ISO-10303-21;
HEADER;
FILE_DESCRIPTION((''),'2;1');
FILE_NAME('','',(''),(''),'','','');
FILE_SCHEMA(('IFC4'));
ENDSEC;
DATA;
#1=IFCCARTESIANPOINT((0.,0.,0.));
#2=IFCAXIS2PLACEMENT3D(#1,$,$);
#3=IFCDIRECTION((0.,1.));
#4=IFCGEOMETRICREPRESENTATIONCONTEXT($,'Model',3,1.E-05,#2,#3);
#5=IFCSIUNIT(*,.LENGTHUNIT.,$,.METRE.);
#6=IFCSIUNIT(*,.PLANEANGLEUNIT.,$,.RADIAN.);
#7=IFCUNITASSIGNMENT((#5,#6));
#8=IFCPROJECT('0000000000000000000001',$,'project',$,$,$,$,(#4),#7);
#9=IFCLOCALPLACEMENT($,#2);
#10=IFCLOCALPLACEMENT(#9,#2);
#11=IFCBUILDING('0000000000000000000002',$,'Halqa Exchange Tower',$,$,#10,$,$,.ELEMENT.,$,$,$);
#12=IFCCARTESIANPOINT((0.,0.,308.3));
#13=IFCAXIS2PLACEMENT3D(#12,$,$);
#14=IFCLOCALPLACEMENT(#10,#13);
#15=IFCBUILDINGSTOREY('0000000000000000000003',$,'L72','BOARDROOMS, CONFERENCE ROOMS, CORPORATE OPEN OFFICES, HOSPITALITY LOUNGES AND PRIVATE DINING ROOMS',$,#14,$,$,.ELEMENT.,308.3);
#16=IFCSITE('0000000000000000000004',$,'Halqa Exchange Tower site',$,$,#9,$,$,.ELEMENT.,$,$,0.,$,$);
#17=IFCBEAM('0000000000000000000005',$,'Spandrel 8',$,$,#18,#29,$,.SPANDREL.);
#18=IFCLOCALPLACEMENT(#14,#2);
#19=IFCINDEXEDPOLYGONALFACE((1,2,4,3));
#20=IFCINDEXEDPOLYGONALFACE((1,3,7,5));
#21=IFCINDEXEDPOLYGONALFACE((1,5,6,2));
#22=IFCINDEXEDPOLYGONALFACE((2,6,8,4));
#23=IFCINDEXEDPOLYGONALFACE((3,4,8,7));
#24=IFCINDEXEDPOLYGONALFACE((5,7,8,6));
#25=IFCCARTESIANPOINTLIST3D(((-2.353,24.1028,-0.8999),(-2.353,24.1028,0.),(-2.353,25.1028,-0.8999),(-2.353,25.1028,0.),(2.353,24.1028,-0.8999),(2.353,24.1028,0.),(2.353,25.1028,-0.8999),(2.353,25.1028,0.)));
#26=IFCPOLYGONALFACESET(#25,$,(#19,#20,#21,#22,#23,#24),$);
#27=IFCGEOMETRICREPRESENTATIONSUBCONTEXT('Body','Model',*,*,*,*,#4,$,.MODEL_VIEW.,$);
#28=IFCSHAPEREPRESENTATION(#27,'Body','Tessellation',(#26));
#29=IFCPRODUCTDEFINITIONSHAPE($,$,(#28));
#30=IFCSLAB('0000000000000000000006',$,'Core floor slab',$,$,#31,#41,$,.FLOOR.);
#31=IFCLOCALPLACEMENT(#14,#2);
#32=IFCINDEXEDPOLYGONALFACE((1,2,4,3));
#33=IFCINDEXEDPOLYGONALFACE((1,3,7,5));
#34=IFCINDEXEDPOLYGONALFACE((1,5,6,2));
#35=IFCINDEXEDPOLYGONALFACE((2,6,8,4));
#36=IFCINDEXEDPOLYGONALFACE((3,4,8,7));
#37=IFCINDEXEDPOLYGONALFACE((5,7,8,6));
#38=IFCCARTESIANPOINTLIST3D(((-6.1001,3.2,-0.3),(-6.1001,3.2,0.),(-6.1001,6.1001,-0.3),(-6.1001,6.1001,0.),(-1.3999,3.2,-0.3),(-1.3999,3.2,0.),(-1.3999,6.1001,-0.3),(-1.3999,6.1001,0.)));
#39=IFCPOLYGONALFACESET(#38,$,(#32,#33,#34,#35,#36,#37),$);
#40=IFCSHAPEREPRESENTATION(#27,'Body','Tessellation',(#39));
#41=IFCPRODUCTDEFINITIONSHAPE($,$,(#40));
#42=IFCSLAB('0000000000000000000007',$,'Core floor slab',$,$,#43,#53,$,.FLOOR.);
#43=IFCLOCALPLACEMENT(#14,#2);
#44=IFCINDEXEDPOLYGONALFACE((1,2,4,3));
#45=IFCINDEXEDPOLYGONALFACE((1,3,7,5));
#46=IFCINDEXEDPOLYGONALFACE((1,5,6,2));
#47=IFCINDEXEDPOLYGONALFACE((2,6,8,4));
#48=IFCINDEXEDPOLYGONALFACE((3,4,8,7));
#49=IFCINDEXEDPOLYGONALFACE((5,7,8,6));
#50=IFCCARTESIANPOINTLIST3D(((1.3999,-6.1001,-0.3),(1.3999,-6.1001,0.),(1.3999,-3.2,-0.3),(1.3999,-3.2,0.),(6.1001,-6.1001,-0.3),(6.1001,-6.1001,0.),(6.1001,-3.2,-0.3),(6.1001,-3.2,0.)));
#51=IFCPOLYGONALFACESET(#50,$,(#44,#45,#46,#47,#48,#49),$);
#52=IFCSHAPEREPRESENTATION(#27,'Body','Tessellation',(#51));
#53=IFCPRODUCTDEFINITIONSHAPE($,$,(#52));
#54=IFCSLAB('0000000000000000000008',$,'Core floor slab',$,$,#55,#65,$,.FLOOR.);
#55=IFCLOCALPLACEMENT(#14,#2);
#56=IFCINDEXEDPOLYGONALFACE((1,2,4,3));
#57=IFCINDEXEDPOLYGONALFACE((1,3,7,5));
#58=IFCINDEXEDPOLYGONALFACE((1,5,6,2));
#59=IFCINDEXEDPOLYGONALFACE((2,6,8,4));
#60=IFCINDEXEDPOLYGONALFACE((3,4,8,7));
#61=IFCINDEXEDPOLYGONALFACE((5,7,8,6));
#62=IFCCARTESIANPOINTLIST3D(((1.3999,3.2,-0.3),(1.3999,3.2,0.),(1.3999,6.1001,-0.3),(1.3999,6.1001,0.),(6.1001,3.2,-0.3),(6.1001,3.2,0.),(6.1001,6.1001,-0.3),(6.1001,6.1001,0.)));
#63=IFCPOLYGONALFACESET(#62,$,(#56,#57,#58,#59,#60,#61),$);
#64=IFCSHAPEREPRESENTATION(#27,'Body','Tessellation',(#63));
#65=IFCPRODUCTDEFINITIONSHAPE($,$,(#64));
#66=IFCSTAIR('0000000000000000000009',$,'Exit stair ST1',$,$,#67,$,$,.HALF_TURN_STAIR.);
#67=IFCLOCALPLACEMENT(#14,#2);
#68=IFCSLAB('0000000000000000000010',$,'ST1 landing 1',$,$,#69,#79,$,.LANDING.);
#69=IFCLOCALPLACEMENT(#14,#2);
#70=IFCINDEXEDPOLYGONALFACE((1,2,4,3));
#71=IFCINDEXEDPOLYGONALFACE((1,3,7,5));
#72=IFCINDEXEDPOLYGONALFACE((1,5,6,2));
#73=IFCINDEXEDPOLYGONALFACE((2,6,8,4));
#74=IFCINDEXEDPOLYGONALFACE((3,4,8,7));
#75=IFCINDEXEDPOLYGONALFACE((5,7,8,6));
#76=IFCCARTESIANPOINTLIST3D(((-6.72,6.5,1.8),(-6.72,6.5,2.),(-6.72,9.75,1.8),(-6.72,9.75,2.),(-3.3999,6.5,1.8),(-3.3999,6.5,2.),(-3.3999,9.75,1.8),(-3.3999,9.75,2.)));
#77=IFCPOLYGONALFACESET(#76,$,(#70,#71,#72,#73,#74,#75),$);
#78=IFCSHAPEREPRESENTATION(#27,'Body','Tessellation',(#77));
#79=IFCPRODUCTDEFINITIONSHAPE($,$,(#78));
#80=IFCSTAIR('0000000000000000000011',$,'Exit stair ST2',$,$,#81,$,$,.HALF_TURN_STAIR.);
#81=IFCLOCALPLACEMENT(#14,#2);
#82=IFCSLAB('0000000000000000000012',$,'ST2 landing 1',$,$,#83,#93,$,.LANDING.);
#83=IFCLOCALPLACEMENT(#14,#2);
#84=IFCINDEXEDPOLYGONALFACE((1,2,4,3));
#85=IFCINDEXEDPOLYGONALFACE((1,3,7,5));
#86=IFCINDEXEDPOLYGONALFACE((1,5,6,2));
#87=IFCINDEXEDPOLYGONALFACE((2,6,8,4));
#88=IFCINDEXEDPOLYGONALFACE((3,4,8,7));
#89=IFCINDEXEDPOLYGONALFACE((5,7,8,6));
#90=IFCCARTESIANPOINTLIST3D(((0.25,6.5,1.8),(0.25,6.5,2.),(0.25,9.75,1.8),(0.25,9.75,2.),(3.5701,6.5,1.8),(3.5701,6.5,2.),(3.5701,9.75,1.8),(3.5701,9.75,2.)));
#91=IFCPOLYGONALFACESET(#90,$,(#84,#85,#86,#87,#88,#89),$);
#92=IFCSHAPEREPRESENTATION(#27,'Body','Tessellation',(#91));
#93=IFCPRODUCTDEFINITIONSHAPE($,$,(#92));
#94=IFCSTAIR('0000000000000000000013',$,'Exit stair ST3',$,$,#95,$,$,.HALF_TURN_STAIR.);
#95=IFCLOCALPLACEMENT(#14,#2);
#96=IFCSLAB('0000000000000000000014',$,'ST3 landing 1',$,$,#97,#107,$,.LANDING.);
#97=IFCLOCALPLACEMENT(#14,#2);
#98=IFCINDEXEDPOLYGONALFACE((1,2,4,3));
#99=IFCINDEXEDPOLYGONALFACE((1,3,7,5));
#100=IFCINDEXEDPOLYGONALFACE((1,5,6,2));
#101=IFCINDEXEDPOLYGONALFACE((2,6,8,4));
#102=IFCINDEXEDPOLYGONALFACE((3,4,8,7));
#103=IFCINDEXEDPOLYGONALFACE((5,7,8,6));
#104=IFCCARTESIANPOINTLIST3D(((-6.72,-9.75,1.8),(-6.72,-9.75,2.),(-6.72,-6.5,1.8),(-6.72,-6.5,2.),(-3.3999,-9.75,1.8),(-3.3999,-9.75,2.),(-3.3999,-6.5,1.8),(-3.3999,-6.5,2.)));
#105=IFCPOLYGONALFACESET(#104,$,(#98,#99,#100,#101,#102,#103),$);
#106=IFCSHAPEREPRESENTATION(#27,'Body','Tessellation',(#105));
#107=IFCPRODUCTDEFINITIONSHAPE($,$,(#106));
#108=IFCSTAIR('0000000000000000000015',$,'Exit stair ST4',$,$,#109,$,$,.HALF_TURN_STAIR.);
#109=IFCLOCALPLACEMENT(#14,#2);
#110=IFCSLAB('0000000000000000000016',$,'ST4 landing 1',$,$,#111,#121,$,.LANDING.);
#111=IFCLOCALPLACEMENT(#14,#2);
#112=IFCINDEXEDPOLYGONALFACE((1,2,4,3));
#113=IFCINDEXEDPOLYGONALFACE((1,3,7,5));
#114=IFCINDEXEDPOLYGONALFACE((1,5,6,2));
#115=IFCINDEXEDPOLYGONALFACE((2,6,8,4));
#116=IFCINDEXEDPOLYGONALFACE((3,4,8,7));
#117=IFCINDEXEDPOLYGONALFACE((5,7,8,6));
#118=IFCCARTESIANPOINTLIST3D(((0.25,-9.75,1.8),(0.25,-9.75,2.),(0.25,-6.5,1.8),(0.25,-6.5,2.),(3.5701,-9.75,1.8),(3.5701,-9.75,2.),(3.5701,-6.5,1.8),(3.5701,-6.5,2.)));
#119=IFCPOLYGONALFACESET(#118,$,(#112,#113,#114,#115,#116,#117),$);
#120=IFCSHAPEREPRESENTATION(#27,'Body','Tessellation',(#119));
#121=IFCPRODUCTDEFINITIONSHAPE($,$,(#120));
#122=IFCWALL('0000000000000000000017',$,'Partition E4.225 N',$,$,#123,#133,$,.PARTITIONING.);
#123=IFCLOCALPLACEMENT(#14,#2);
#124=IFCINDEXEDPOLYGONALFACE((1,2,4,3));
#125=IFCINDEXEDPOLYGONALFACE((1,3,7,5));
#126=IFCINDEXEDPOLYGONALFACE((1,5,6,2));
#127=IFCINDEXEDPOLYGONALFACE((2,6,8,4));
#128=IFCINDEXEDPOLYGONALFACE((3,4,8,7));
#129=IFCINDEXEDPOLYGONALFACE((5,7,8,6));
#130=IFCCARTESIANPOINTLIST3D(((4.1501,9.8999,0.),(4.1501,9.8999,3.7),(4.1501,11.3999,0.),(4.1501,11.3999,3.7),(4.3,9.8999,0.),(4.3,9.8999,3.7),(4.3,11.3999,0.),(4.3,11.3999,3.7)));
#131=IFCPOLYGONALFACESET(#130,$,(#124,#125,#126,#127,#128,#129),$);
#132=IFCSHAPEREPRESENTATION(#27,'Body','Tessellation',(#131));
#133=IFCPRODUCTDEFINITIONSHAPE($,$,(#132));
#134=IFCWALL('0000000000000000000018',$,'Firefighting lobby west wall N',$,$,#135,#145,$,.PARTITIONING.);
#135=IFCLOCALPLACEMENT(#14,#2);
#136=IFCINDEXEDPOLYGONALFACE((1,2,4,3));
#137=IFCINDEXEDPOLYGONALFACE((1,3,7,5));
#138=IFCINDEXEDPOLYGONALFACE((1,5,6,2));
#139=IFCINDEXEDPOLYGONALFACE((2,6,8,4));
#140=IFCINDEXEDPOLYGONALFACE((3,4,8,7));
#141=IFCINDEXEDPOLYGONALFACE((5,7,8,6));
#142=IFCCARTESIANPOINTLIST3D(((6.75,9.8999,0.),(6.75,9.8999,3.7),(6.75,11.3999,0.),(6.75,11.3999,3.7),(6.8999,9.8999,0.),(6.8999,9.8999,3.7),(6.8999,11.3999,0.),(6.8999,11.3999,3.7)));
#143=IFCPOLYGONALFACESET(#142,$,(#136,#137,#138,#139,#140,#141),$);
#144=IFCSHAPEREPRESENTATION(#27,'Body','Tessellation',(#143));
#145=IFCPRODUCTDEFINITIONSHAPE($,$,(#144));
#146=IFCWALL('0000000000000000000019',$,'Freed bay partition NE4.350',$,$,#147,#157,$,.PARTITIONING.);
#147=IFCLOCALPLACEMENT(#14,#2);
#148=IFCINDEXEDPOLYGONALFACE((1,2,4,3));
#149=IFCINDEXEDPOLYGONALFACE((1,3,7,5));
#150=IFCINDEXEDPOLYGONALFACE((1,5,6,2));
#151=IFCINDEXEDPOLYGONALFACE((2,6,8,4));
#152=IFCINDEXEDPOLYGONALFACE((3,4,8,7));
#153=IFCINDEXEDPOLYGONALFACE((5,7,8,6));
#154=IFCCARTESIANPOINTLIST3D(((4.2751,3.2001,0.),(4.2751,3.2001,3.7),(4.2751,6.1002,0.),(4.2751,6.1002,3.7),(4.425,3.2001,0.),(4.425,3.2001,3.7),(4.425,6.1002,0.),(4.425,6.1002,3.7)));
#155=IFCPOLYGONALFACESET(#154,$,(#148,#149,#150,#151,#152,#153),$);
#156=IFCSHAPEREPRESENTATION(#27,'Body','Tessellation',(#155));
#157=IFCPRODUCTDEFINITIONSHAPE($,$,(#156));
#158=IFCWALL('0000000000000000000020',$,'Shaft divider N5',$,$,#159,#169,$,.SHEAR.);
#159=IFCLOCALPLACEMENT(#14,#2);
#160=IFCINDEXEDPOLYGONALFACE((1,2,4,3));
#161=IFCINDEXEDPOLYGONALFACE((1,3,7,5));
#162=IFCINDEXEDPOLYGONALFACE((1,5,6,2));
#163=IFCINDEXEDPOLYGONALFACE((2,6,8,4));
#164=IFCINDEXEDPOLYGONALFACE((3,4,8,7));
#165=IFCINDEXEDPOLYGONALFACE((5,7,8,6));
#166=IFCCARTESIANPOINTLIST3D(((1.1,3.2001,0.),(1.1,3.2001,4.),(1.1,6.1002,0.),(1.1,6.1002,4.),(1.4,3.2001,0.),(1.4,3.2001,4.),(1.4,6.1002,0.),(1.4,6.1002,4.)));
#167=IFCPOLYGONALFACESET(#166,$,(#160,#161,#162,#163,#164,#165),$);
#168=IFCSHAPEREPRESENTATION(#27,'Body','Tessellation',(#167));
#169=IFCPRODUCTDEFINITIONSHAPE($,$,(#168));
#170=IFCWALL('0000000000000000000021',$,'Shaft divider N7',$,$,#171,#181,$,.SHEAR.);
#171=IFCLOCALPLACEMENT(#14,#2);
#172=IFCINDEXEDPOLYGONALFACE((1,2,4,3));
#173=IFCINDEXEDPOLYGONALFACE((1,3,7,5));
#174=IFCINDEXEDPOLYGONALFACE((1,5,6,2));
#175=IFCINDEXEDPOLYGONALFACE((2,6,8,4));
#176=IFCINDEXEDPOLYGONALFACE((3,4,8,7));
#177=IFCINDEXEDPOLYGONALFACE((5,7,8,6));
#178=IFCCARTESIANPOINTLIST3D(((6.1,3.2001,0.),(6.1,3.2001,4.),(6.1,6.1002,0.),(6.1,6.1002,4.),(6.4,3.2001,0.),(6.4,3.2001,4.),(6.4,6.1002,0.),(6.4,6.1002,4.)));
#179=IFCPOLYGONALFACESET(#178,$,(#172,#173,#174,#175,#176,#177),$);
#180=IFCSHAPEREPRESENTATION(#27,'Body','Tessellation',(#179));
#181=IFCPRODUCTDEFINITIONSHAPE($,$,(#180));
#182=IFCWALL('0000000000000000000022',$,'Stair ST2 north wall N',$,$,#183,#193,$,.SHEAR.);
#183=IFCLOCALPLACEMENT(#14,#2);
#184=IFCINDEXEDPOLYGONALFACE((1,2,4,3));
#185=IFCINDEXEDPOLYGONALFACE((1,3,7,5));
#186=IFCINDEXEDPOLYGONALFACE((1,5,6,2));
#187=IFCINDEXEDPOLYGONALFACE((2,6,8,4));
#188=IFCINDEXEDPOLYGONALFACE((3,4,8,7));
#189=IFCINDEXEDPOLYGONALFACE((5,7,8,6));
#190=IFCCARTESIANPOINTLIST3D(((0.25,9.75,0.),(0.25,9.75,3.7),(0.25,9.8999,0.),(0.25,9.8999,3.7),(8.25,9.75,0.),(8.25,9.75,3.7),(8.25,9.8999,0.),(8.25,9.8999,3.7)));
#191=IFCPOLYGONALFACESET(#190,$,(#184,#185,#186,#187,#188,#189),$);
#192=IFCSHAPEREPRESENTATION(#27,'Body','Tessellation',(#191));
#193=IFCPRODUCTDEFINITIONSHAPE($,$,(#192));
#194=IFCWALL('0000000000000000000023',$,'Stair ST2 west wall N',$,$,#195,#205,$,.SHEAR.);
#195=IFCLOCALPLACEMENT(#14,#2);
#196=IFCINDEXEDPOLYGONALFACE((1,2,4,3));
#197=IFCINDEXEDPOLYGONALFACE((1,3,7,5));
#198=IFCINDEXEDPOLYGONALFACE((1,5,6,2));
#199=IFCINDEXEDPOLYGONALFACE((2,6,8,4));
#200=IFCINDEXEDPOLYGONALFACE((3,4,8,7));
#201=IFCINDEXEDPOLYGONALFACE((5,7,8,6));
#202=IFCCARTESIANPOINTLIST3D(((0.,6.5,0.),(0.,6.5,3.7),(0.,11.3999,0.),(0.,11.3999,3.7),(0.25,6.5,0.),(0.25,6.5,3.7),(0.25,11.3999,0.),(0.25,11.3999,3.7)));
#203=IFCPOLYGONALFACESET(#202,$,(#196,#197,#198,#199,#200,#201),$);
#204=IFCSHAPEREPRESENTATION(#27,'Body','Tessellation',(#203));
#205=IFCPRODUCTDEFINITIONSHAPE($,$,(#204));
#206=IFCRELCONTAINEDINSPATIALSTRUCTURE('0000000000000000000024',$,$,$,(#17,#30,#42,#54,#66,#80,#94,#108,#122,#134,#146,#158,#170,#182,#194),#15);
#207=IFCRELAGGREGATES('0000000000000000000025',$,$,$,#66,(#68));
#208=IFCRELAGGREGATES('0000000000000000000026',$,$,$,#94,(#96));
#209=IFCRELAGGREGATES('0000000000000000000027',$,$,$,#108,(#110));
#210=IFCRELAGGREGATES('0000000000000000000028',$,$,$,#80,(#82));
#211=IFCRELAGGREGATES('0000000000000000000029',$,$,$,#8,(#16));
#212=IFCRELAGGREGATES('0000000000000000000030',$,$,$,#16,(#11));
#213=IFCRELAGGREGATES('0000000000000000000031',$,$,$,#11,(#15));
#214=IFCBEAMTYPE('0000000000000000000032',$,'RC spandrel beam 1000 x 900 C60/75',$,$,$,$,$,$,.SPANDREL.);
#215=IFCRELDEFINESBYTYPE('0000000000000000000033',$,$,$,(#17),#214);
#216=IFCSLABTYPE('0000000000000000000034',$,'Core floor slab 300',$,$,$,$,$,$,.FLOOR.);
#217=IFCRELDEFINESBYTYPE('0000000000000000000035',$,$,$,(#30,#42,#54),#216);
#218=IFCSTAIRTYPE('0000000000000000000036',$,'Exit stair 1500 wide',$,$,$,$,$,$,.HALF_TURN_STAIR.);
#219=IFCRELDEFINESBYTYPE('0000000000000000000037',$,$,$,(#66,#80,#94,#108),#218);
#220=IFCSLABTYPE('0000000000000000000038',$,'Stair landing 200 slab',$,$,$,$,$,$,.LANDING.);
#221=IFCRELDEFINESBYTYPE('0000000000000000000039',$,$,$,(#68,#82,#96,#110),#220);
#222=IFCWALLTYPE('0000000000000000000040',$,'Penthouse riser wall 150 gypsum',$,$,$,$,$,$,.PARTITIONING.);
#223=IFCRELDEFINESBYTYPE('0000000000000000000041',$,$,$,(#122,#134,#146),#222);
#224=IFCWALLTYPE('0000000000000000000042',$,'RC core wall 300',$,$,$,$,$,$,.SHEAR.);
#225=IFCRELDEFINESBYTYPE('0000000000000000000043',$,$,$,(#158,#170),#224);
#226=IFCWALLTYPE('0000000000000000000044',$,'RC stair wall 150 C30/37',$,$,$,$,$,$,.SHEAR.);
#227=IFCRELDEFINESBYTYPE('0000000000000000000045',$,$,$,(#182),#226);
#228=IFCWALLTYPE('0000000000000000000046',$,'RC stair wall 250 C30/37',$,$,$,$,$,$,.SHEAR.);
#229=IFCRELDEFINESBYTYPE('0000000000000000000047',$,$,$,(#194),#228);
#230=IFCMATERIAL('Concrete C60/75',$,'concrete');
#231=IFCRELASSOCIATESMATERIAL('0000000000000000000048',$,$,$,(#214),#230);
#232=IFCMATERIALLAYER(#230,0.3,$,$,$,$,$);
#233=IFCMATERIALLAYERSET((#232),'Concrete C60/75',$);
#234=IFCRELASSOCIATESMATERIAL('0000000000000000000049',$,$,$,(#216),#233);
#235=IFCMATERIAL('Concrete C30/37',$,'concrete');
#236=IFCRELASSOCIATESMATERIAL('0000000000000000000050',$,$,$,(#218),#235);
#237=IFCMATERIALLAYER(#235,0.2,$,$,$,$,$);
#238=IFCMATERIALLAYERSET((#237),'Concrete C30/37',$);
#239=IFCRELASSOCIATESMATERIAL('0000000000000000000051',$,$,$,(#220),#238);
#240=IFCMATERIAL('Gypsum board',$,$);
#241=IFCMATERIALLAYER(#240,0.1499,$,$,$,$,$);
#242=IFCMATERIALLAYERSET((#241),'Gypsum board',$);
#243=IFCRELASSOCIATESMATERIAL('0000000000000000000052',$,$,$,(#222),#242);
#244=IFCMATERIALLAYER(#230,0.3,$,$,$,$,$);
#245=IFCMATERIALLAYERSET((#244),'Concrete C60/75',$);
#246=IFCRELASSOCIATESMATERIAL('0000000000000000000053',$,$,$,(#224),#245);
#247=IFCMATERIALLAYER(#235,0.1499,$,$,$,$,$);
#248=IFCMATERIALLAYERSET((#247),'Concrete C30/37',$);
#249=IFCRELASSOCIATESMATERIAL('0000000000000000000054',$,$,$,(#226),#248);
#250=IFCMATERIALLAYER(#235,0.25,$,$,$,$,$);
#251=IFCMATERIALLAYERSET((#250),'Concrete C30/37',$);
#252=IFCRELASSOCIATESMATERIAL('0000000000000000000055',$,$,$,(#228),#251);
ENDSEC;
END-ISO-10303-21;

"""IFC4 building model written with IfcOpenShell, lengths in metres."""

from ifc_helpers import new_model, si_unit, direction, frame, frame_2d, origin, origin_2d, place, context, subcontext, project, spatial, polyline, rectangle, outline, extrude, material, layer, layer_set, material_profile, profile_set, type_object, element, aggregate, save


model = new_model("IFC4")

# Units and contexts
model_context = context("Model", 3, precision=1e-05, world=origin(), true_north=direction((0.0, 1.0)))
body_context = subcontext(model_context, "Body", "Model", "MODEL_VIEW")
ifc_project = project(units=[si_unit("LENGTHUNIT", "METRE"), si_unit("PLANEANGLEUNIT", "RADIAN")], contexts=[model_context])

# Site, building, storey
site_placement = place(None, origin())
site = spatial("IfcSite", under=ifc_project, at=site_placement, Name="Halqa Exchange Tower site", CompositionType="ELEMENT", RefElevation=0.0)
building_placement = place(site_placement, origin())
building = spatial("IfcBuilding", under=site, at=building_placement, Name="Halqa Exchange Tower", CompositionType="ELEMENT")
storey_placement = place(building_placement, frame((0.0, 0.0, 308.3)))
storey = spatial("IfcBuildingStorey", under=building, at=storey_placement, Name="L72", Description="BOARDROOMS, CONFERENCE ROOMS, CORPORATE OPEN OFFICES, HOSPITALITY LOUNGES AND PRIVATE DINING ROOMS", CompositionType="ELEMENT", Elevation=308.3)

# Beam
ifc_material_1 = material(Name="Concrete C60/75", Category="concrete")
ifc_material_profile_1 = material_profile(ifc_material_1, rectangle(XDim=1.0, YDim=0.8999, at=origin_2d()), Name="1000 x 900")
ifc_profile_set_1 = profile_set([ifc_material_profile_1], Name="Concrete C60/75")
beam_type_1 = type_object("IfcBeamType", Name="RC spandrel beam 1000 x 900 C60/75", PredefinedType="SPANDREL", material=ifc_profile_set_1)
beam_1_placement = place(storey_placement, frame((2.353, 24.6028, -0.45), z_axis=(-1.0, 0.0, 0.0), x_axis=(0.0, -1.0, 0.0)))
element("IfcBeam", 1, at=beam_1_placement, inside=storey, type_object=beam_type_1, Name="Spandrel 8", PredefinedType="SPANDREL", context=body_context, shape_type="SweptSolid", body=[
    extrude(rectangle(XDim=1.0, YDim=0.8999, at=origin_2d()), origin(), (0.0, 0.0, 1.0), 4.7061),
])

# Slabs
ifc_layer_1 = layer(ifc_material_1, 0.3)
ifc_layer_set_1 = layer_set([ifc_layer_1], Name="Concrete C60/75")
slab_type_1 = type_object("IfcSlabType", Name="Core floor slab 300", PredefinedType="FLOOR", material=ifc_layer_set_1)
slab_1_placement = place(storey_placement, frame((0.0, 0.0, -0.3)))
element("IfcSlab", 2, at=slab_1_placement, inside=storey, type_object=slab_type_1, Name="Core floor slab", PredefinedType="FLOOR", context=body_context, shape_type="SweptSolid", body=[
    extrude(outline(polyline([(-1.3999, 3.2), (-6.1001, 3.2), (-6.1001, 6.1001), (-1.3999, 6.1001), (-1.3999, 3.2)])), origin(), (0.0, 0.0, 1.0), 0.3),
])
slab_2_placement = place(storey_placement, frame((0.0, 0.0, -0.3)))
element("IfcSlab", 3, at=slab_2_placement, inside=storey, type_object=slab_type_1, Name="Core floor slab", PredefinedType="FLOOR", context=body_context, shape_type="SweptSolid", body=[
    extrude(outline(polyline([(6.1001, -3.2), (6.1001, -6.1001), (1.3999, -6.1001), (1.3999, -3.2), (6.1001, -3.2)])), origin(), (0.0, 0.0, 1.0), 0.3),
])
slab_3_placement = place(storey_placement, frame((0.0, 0.0, -0.3)))
element("IfcSlab", 4, at=slab_3_placement, inside=storey, type_object=slab_type_1, Name="Core floor slab", PredefinedType="FLOOR", context=body_context, shape_type="SweptSolid", body=[
    extrude(outline(polyline([(6.1001, 6.1001), (6.1001, 3.2), (1.3999, 3.2), (1.3999, 6.1001), (6.1001, 6.1001)])), origin(), (0.0, 0.0, 1.0), 0.3),
])

# Stairs, slabs
ifc_material_2 = material(Name="Concrete C30/37", Category="concrete")
stair_type = type_object("IfcStairType", Name="Exit stair 1500 wide", PredefinedType="HALF_TURN_STAIR", material=ifc_material_2)
stair_1_placement = place(storey_placement, origin())
stair_1 = element("IfcStair", 5, at=stair_1_placement, inside=storey, type_object=stair_type, Name="Exit stair ST1", PredefinedType="HALF_TURN_STAIR")
ifc_layer_2 = layer(ifc_material_2, 0.2)
ifc_layer_set_2 = layer_set([ifc_layer_2], Name="Concrete C30/37")
slab_type_2 = type_object("IfcSlabType", Name="Stair landing 200 slab", PredefinedType="LANDING", material=ifc_layer_set_2)
slab_4_placement = place(storey_placement, frame((0.0, 0.0, 1.8)))
slab_4 = element("IfcSlab", 6, at=slab_4_placement, type_object=slab_type_2, Name="ST1 landing 1", PredefinedType="LANDING", context=body_context, shape_type="SweptSolid", body=[
    extrude(outline(polyline([(-6.72, 6.5), (-3.3999, 6.5), (-3.3999, 9.75), (-6.72, 9.75), (-6.72, 6.5)])), origin(), (0.0, 0.0, 1.0), 0.2),
])
aggregate(stair_1, [slab_4])
stair_2_placement = place(storey_placement, origin())
stair_2 = element("IfcStair", 7, at=stair_2_placement, inside=storey, type_object=stair_type, Name="Exit stair ST2", PredefinedType="HALF_TURN_STAIR")
slab_5_placement = place(storey_placement, frame((0.0, 0.0, 1.8)))
slab_5 = element("IfcSlab", 8, at=slab_5_placement, type_object=slab_type_2, Name="ST2 landing 1", PredefinedType="LANDING", context=body_context, shape_type="SweptSolid", body=[
    extrude(outline(polyline([(0.25, 6.5), (3.5701, 6.5), (3.5701, 9.75), (0.25, 9.75), (0.25, 6.5)])), origin(), (0.0, 0.0, 1.0), 0.2),
])
stair_3_placement = place(storey_placement, origin())
stair_3 = element("IfcStair", 9, at=stair_3_placement, inside=storey, type_object=stair_type, Name="Exit stair ST3", PredefinedType="HALF_TURN_STAIR")
slab_6_placement = place(storey_placement, frame((0.0, 0.0, 1.8)))
slab_6 = element("IfcSlab", 10, at=slab_6_placement, type_object=slab_type_2, Name="ST3 landing 1", PredefinedType="LANDING", context=body_context, shape_type="SweptSolid", body=[
    extrude(outline(polyline([(-6.72, -9.75), (-3.3999, -9.75), (-3.3999, -6.5), (-6.72, -6.5), (-6.72, -9.75)])), origin(), (0.0, 0.0, 1.0), 0.2),
])
aggregate(stair_3, [slab_6])
stair_4_placement = place(storey_placement, origin())
stair_4 = element("IfcStair", 11, at=stair_4_placement, inside=storey, type_object=stair_type, Name="Exit stair ST4", PredefinedType="HALF_TURN_STAIR")
slab_7_placement = place(storey_placement, frame((0.0, 0.0, 1.8)))
slab_7 = element("IfcSlab", 12, at=slab_7_placement, type_object=slab_type_2, Name="ST4 landing 1", PredefinedType="LANDING", context=body_context, shape_type="SweptSolid", body=[
    extrude(outline(polyline([(0.25, -9.75), (3.5701, -9.75), (3.5701, -6.5), (0.25, -6.5), (0.25, -9.75)])), origin(), (0.0, 0.0, 1.0), 0.2),
])
aggregate(stair_4, [slab_7])

# Walls
ifc_material_3 = material(Name="Gypsum board")
ifc_layer_3 = layer(ifc_material_3, 0.1499)
ifc_layer_set_3 = layer_set([ifc_layer_3], Name="Gypsum board")
wall_type_1 = type_object("IfcWallType", Name="Penthouse riser wall 150 gypsum", PredefinedType="PARTITIONING", material=ifc_layer_set_3)
for number, where, z_axis, x_axis, name in (
    (13, (4.2251, 9.8999, 0.0), (0.0, 0.0, 1.0), (0.0, 1.0, 0.0), "Partition E4.225 N"),
    (14, (6.825, 9.8999, 0.0), (0.0, 0.0, 1.0), (0.0, 1.0, 0.0), "Firefighting lobby west wall N"),
):
    element("IfcWall", number, at=place(storey_placement, frame(where, z_axis=z_axis, x_axis=x_axis)), inside=storey, type_object=wall_type_1, Name=name, PredefinedType="PARTITIONING", context=body_context, shape_type="SweptSolid", body=[
        extrude(rectangle(XDim=1.5, YDim=0.1499, at=frame_2d((0.75, 0.0))), origin(), (0.0, 0.0, 1.0), 3.7),
    ])
wall_1_placement = place(storey_placement, frame((4.3501, 3.2, 0.0), z_axis=(0.0, 0.0, 1.0), x_axis=(0.0, 1.0, 0.0)))
element("IfcWall", 15, at=wall_1_placement, inside=storey, type_object=wall_type_1, Name="Freed bay partition NE4.350", PredefinedType="PARTITIONING", context=body_context, shape_type="SweptSolid", body=[
    extrude(rectangle(XDim=2.9001, YDim=0.1499, at=frame_2d((1.4502, 0.0))), origin(), (0.0, 0.0, 1.0), 3.7),
])
ifc_layer_4 = layer(ifc_material_1, 0.3)
ifc_layer_set_4 = layer_set([ifc_layer_4], Name="Concrete C60/75")
wall_type_2 = type_object("IfcWallType", Name="RC core wall 300", PredefinedType="SHEAR", material=ifc_layer_set_4)
for number, where, z_axis, x_axis, name in (
    (16, (1.25, 3.2, 0.0), (0.0, 0.0, 1.0), (0.0, 1.0, 0.0), "Shaft divider N5"),
    (17, (6.25, 3.2, 0.0), (0.0, 0.0, 1.0), (0.0, 1.0, 0.0), "Shaft divider N7"),
):
    element("IfcWall", number, at=place(storey_placement, frame(where, z_axis=z_axis, x_axis=x_axis)), inside=storey, type_object=wall_type_2, Name=name, PredefinedType="SHEAR", context=body_context, shape_type="SweptSolid", body=[
        extrude(rectangle(XDim=2.9001, YDim=0.3, at=frame_2d((1.4502, 0.0))), origin(), (0.0, 0.0, 1.0), 4.0),
    ])
ifc_layer_5 = layer(ifc_material_2, 0.1499)
ifc_layer_set_5 = layer_set([ifc_layer_5], Name="Concrete C30/37")
wall_type_3 = type_object("IfcWallType", Name="RC stair wall 150 C30/37", PredefinedType="SHEAR", material=ifc_layer_set_5)
wall_2_placement = place(storey_placement, frame((0.25, 9.825, 0.0), z_axis=(0.0, 0.0, 1.0), x_axis=(1.0, 0.0, 0.0)))
element("IfcWall", 18, at=wall_2_placement, inside=storey, type_object=wall_type_3, Name="Stair ST2 north wall N", PredefinedType="SHEAR", context=body_context, shape_type="SweptSolid", body=[
    extrude(rectangle(XDim=8.0, YDim=0.1499, at=frame_2d((4.0, 0.0))), origin(), (0.0, 0.0, 1.0), 3.7),
])
ifc_layer_6 = layer(ifc_material_2, 0.25)
ifc_layer_set_6 = layer_set([ifc_layer_6], Name="Concrete C30/37")
wall_type_4 = type_object("IfcWallType", Name="RC stair wall 250 C30/37", PredefinedType="SHEAR", material=ifc_layer_set_6)
wall_3_placement = place(storey_placement, frame((0.125, 6.5, 0.0), z_axis=(0.0, 0.0, 1.0), x_axis=(0.0, 1.0, 0.0)))
element("IfcWall", 19, at=wall_3_placement, inside=storey, type_object=wall_type_4, Name="Stair ST2 west wall N", PredefinedType="SHEAR", context=body_context, shape_type="SweptSolid", body=[
    extrude(rectangle(XDim=4.8999, YDim=0.25, at=frame_2d((2.45, 0.0))), origin(), (0.0, 0.0, 1.0), 3.7),
])

aggregate(stair_2, [slab_5])

save(model, "model.ifc")
